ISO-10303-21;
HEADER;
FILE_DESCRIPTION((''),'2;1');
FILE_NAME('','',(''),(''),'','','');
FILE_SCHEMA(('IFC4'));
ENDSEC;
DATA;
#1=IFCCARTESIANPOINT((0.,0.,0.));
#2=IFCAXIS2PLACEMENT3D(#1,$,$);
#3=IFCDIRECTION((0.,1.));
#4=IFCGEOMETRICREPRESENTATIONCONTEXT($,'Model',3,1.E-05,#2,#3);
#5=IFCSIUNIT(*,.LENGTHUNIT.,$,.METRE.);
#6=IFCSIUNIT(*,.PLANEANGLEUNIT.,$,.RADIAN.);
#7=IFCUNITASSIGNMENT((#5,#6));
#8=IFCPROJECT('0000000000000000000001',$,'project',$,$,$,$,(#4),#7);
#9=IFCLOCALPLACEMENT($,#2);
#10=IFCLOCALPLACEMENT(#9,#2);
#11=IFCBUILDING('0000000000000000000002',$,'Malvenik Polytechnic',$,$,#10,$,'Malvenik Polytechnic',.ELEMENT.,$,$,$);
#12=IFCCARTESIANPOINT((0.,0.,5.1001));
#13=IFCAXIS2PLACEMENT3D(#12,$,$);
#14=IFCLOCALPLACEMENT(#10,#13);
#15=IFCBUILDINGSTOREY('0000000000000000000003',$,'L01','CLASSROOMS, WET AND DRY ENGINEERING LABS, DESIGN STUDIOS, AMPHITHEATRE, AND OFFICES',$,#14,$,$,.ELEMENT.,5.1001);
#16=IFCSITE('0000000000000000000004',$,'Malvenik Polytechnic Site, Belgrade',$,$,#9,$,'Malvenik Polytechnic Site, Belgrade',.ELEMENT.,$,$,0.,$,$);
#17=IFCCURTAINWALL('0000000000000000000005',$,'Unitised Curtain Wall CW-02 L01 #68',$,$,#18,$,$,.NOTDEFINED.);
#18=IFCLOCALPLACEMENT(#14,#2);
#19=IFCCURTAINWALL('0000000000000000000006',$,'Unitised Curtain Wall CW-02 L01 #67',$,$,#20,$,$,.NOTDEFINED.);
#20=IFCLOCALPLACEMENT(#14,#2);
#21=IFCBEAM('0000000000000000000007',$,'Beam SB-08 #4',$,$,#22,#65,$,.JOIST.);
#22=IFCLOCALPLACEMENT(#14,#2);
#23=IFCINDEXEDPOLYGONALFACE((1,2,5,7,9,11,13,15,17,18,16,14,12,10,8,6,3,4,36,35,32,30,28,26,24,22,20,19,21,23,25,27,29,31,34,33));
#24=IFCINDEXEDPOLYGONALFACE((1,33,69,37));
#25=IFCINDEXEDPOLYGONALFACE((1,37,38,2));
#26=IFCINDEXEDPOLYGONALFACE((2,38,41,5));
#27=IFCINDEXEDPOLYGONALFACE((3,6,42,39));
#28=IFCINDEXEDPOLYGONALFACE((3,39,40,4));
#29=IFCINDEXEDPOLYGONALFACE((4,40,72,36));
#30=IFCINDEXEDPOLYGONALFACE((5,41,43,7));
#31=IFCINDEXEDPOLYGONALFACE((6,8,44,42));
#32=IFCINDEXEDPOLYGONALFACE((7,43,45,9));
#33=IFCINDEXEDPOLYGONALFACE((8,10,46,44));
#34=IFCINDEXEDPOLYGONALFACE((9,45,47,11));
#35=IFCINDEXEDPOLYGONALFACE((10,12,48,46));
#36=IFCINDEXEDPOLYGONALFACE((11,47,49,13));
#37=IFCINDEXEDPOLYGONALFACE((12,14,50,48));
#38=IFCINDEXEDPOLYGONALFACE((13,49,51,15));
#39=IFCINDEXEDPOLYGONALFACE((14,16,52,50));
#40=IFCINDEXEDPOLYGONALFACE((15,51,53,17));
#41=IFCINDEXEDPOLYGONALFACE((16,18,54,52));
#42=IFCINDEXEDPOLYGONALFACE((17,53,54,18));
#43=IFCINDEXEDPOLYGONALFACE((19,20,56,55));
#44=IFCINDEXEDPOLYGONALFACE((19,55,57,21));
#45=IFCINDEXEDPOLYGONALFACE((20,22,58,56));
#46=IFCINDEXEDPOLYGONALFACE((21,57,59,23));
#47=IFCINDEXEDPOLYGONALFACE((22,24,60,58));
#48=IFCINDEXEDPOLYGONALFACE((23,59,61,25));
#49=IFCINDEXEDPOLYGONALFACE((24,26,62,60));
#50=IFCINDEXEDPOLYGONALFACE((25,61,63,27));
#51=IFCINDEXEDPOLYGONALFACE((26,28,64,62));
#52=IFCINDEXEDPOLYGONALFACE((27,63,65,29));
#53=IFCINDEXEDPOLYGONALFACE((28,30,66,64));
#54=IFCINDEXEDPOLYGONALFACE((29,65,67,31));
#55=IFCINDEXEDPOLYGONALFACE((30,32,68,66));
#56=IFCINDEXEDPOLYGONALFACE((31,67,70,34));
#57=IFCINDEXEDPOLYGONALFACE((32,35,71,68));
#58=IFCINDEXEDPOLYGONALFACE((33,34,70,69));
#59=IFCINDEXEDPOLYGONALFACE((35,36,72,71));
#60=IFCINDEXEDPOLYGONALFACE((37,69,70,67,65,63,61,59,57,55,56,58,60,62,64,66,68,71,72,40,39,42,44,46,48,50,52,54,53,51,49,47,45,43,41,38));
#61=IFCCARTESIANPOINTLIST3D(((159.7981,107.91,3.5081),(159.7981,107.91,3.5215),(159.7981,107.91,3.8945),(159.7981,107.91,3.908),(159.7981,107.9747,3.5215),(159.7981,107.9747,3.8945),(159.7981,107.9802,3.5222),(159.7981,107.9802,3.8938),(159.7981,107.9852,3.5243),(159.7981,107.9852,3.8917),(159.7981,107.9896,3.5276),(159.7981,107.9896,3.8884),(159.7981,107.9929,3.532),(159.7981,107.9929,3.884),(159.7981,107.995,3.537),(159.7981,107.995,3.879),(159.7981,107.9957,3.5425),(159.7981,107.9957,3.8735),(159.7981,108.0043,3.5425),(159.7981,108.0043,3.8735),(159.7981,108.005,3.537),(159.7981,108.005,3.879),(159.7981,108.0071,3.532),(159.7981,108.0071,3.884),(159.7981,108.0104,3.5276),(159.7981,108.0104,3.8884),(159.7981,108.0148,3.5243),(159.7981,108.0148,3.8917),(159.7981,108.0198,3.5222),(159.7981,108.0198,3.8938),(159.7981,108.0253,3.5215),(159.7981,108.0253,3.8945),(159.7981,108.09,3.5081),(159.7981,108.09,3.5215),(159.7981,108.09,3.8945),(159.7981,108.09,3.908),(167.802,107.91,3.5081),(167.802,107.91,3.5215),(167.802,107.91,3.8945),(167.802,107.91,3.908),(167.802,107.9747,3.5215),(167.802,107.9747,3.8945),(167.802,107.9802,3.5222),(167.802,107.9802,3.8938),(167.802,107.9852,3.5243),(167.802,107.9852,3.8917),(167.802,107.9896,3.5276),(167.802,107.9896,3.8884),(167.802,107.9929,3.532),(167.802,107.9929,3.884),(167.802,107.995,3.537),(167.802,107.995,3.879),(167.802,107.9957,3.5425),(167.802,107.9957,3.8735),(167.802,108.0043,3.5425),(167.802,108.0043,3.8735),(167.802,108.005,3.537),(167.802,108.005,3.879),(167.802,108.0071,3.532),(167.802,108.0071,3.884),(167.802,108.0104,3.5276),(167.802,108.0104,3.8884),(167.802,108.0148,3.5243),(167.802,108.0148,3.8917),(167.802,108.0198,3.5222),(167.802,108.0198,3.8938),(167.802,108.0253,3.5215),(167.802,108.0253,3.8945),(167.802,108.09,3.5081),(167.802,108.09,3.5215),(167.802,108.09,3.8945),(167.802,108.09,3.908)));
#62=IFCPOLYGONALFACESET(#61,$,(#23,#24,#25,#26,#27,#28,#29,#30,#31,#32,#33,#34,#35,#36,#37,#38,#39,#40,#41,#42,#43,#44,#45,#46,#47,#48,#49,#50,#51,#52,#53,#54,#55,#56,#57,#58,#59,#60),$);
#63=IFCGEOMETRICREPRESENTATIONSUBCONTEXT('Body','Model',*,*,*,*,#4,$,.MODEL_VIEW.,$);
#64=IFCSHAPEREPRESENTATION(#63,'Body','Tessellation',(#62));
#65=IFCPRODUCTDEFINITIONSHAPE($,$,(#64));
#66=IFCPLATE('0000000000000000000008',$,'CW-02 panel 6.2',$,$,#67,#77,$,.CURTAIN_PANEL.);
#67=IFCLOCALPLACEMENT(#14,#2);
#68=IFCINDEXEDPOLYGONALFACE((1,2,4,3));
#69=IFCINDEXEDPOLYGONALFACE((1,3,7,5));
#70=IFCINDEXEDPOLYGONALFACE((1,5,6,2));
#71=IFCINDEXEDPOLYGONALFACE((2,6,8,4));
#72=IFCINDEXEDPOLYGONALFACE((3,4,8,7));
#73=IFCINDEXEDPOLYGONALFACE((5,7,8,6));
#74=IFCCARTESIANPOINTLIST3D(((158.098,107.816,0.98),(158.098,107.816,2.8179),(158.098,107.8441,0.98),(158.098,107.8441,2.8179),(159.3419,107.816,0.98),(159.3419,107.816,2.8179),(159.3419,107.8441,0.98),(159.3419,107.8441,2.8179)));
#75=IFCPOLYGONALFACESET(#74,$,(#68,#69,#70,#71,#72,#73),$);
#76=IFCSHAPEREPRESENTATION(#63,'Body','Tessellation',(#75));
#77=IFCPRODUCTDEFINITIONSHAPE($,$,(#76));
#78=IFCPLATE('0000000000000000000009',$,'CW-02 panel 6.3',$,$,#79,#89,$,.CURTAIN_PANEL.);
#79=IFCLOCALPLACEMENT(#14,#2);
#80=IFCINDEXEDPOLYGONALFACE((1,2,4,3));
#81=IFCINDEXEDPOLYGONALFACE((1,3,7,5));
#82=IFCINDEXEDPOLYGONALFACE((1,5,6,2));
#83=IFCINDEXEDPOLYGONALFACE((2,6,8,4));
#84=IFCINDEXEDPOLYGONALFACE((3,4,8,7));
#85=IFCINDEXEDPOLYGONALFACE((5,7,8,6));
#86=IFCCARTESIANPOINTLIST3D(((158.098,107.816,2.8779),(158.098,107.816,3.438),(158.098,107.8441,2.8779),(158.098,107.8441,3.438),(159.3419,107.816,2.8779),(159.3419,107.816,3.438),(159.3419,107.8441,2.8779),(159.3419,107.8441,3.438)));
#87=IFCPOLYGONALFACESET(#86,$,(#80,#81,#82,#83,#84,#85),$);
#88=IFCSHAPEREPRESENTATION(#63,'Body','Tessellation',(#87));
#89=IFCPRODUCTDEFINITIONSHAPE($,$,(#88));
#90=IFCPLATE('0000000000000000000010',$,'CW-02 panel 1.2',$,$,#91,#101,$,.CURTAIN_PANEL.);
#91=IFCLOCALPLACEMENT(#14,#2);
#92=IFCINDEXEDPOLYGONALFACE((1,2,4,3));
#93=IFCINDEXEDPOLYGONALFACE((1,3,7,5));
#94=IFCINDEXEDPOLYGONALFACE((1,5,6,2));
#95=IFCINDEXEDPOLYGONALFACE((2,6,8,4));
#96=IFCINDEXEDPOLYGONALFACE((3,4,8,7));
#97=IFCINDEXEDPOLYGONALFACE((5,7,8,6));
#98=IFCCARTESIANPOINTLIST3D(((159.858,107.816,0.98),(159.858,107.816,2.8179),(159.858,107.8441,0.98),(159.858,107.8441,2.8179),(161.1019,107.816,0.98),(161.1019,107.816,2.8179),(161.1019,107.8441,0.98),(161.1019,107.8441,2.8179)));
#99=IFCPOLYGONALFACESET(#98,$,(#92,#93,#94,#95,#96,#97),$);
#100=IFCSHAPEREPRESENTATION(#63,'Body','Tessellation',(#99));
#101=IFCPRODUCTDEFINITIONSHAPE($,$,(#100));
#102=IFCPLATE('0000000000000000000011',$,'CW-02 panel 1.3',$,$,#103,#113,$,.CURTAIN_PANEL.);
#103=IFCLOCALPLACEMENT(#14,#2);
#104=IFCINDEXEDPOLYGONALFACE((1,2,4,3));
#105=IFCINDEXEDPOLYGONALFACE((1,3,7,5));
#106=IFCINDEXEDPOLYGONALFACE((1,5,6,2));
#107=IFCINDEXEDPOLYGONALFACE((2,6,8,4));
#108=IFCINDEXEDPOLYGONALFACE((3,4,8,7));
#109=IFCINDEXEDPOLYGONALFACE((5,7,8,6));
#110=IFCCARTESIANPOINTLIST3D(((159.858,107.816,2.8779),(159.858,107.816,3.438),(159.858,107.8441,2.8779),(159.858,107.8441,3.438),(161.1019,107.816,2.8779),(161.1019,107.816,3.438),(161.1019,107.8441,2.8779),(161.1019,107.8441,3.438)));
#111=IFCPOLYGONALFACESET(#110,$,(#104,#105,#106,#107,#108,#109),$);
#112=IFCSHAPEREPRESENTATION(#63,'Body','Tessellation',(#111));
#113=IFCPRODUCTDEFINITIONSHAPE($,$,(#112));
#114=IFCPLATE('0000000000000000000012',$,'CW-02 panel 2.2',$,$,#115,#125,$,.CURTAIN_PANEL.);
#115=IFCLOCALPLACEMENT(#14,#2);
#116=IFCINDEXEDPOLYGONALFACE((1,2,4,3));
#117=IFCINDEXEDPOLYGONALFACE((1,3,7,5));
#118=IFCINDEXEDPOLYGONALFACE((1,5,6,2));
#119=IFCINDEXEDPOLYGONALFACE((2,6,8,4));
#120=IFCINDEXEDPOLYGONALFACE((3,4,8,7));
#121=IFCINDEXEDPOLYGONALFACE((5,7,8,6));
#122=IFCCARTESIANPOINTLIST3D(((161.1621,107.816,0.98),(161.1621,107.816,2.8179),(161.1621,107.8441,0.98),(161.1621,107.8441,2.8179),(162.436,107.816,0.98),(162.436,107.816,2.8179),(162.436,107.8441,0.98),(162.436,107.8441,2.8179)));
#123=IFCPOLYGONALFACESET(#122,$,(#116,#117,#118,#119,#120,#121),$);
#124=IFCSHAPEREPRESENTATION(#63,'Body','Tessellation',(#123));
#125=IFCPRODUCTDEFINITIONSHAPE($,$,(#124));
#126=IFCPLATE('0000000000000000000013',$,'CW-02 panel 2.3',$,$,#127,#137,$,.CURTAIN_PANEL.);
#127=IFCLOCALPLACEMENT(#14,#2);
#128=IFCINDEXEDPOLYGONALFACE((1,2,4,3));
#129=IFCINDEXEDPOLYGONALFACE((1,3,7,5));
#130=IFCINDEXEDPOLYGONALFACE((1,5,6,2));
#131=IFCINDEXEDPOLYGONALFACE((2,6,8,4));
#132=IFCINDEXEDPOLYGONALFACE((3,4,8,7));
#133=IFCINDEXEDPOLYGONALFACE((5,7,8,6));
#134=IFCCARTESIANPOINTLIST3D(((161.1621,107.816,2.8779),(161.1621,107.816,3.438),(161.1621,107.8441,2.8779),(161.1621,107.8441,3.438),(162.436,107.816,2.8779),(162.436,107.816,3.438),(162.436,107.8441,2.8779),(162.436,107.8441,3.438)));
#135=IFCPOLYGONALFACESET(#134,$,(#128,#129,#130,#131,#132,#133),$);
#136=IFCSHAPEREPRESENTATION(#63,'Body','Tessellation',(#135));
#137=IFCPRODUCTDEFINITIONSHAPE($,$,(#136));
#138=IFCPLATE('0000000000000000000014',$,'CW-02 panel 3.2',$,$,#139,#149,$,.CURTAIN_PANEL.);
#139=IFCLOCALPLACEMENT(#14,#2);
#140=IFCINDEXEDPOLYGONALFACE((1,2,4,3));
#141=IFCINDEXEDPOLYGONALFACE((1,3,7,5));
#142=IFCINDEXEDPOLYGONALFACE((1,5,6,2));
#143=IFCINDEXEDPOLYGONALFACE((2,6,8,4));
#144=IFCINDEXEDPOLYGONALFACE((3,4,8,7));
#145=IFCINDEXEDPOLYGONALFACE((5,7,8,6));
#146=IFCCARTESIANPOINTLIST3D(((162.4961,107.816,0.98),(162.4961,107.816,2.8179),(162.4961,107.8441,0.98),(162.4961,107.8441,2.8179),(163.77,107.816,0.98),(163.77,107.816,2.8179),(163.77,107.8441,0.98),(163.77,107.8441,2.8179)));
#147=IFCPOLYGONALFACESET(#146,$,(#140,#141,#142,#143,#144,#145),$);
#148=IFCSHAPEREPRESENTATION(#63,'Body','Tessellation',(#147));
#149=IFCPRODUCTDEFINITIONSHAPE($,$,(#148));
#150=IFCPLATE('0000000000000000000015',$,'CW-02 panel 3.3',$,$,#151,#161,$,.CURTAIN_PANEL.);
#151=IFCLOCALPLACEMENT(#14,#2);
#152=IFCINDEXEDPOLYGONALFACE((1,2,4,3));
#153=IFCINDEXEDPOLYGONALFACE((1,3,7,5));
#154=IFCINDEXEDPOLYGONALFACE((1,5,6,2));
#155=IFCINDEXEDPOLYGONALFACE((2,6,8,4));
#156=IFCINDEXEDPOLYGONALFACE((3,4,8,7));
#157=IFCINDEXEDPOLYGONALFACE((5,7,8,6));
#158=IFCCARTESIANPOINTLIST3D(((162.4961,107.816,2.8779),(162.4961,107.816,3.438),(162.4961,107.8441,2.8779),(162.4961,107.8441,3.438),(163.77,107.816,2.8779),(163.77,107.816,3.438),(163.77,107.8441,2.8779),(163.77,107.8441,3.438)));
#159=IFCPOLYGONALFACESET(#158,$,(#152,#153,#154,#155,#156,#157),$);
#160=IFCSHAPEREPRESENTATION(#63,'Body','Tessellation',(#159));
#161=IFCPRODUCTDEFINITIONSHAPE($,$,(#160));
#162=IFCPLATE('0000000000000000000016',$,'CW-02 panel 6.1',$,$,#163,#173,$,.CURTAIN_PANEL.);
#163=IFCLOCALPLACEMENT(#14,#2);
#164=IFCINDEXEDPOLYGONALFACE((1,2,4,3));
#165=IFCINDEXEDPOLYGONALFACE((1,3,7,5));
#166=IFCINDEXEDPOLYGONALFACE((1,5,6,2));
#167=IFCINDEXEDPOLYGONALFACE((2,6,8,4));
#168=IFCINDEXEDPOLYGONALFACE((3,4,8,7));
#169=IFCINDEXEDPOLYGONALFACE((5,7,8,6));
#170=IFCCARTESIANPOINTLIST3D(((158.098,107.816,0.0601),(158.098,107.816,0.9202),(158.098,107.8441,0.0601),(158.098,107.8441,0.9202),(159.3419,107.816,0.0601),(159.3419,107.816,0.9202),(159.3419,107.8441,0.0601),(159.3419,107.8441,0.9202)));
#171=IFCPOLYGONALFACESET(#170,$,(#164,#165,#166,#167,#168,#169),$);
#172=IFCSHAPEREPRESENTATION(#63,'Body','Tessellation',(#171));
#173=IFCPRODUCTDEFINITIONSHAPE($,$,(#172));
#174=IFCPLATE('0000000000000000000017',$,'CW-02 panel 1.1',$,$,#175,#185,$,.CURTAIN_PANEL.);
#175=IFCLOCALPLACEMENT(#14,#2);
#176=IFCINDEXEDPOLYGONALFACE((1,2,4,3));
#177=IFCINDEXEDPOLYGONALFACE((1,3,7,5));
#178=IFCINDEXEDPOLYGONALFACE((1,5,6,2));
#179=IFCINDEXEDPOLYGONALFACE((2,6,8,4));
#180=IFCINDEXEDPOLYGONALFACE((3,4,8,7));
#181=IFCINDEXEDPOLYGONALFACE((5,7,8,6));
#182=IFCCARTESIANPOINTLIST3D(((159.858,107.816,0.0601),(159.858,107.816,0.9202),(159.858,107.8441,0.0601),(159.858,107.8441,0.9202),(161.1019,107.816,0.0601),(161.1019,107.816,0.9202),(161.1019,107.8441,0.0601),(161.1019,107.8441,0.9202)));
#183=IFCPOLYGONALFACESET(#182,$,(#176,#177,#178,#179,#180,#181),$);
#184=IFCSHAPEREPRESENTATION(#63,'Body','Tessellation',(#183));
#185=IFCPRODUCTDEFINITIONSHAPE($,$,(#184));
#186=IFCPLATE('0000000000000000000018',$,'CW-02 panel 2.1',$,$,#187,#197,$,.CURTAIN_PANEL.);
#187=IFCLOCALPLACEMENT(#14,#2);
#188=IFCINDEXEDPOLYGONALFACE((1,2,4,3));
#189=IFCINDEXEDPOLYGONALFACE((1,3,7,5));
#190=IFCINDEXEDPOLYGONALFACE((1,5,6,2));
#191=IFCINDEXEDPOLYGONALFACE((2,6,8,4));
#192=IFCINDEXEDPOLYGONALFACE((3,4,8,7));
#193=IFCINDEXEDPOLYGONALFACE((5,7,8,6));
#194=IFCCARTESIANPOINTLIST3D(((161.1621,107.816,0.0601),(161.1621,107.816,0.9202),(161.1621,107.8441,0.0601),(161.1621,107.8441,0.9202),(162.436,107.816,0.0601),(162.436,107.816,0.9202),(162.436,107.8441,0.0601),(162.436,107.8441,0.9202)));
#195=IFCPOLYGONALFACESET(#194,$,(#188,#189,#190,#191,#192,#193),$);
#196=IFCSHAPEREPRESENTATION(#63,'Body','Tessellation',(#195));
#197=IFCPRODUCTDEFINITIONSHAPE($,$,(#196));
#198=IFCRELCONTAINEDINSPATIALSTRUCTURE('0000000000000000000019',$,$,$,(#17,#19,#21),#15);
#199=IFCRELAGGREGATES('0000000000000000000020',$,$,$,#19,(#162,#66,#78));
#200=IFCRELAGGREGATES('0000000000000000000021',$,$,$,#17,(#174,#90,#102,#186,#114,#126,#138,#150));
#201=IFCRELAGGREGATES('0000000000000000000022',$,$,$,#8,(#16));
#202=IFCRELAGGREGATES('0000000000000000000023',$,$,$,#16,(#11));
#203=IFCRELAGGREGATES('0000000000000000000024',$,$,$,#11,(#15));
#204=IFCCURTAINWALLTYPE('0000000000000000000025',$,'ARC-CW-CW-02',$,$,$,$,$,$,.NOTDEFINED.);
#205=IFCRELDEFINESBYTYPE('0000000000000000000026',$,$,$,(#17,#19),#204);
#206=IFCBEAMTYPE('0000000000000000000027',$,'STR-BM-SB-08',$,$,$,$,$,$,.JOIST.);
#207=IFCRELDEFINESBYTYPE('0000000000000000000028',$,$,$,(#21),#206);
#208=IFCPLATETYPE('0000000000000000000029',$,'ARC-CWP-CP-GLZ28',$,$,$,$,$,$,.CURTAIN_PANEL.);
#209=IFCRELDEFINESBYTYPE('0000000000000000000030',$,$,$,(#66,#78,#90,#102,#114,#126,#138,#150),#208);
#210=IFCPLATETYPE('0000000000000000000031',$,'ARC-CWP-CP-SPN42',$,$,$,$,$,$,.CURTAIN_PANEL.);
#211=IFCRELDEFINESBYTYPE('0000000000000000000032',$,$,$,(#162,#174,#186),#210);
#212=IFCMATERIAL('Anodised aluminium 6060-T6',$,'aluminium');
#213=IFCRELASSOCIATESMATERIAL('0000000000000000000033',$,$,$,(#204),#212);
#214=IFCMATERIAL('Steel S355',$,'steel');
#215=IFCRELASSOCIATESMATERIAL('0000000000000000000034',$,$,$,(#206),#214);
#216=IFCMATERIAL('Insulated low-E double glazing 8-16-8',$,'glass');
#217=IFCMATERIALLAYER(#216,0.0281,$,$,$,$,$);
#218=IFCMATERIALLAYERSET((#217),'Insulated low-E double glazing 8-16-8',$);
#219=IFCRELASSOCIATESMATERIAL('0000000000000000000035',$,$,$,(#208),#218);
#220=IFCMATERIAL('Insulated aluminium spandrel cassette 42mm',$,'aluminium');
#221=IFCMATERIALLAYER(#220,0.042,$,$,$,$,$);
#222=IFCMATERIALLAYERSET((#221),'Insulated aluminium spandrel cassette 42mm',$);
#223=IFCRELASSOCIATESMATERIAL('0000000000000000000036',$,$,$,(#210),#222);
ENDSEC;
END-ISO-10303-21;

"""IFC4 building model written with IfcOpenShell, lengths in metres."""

from ifc_helpers import new_model, si_unit, direction, frame, origin, origin_2d, place, context, subcontext, project, spatial, rectangle, i_section, extrude, material, layer, layer_set, material_profile, profile_set, type_object, element, aggregate, save


model = new_model("IFC4")

# Units and contexts
model_context = context("Model", 3, precision=1e-05, world=origin(), true_north=direction((0.0, 1.0)))
body_context = subcontext(model_context, "Body", "Model", "MODEL_VIEW")
ifc_project = project(units=[si_unit("LENGTHUNIT", "METRE"), si_unit("PLANEANGLEUNIT", "RADIAN")], contexts=[model_context])

# Site, building, storey
site_placement = place(None, origin())
site = spatial("IfcSite", under=ifc_project, at=site_placement, Name="Malvenik Polytechnic Site, Belgrade", LongName="Malvenik Polytechnic Site, Belgrade", CompositionType="ELEMENT", RefElevation=0.0)
building_placement = place(site_placement, origin())
building = spatial("IfcBuilding", under=site, at=building_placement, Name="Malvenik Polytechnic", LongName="Malvenik Polytechnic", CompositionType="ELEMENT")
storey_placement = place(building_placement, frame((0.0, 0.0, 5.1001)))
storey = spatial("IfcBuildingStorey", under=building, at=storey_placement, Name="L01", Description="CLASSROOMS, WET AND DRY ENGINEERING LABS, DESIGN STUDIOS, AMPHITHEATRE, AND OFFICES", CompositionType="ELEMENT", Elevation=5.1001)

# Curtain walls
ifc_material_1 = material(Name="Anodised aluminium 6060-T6", Category="aluminium")
curtain_wall_type = type_object("IfcCurtainWallType", Name="ARC-CW-CW-02", PredefinedType="NOTDEFINED", material=ifc_material_1)
curtain_wall_1_placement = place(storey_placement, origin())
curtain_wall_1 = element("IfcCurtainWall", 1, at=curtain_wall_1_placement, inside=storey, type_object=curtain_wall_type, Name="Unitised Curtain Wall CW-02 L01 #68", PredefinedType="NOTDEFINED")
curtain_wall_2_placement = place(storey_placement, origin())
curtain_wall_2 = element("IfcCurtainWall", 2, at=curtain_wall_2_placement, inside=storey, type_object=curtain_wall_type, Name="Unitised Curtain Wall CW-02 L01 #67", PredefinedType="NOTDEFINED")

# Beam
ifc_material_2 = material(Name="Steel S355", Category="steel")
ifc_material_profile_1 = material_profile(ifc_material_2, i_section(OverallWidth=0.1799, OverallDepth=0.3999, WebThickness=0.0085, FlangeThickness=0.0134, FilletRadius=0.021, at=origin_2d()), Name="IPE 400")
ifc_profile_set_1 = profile_set([ifc_material_profile_1], Name="Steel S355")
beam_type = type_object("IfcBeamType", Name="STR-BM-SB-08", PredefinedType="JOIST", material=ifc_profile_set_1)
beam_placement = place(storey_placement, frame((159.7981, 108.0, 3.708), z_axis=(1.0, 0.0, 0.0), x_axis=(0.0, 1.0, 0.0)))
element("IfcBeam", 3, at=beam_placement, inside=storey, type_object=beam_type, Name="Beam SB-08 #4", PredefinedType="JOIST", context=body_context, shape_type="SweptSolid", body=[
    extrude(i_section(OverallWidth=0.1799, OverallDepth=0.3999, WebThickness=0.0085, FlangeThickness=0.0134, FilletRadius=0.021, at=origin_2d()), origin(), (0.0, 0.0, 1.0), 8.0039),
])

# Plates
ifc_material_3 = material(Name="Insulated low-E double glazing 8-16-8", Category="glass")
ifc_layer_1 = layer(ifc_material_3, 0.0281)
ifc_layer_set_1 = layer_set([ifc_layer_1], Name="Insulated low-E double glazing 8-16-8")
plate_type_1 = type_object("IfcPlateType", Name="ARC-CWP-CP-GLZ28", PredefinedType="CURTAIN_PANEL", material=ifc_layer_set_1)
plate_1_placement = place(storey_placement, frame((158.72, 107.8301, 0.98), z_axis=(0.0, 0.0, 1.0), x_axis=(1.0, 0.0, 0.0)))
plate_1 = element("IfcPlate", 4, at=plate_1_placement, type_object=plate_type_1, Name="CW-02 panel 6.2", PredefinedType="CURTAIN_PANEL", context=body_context, shape_type="SweptSolid", body=[
    extrude(rectangle(XDim=1.2439, YDim=0.0281, at=origin_2d()), origin(), (0.0, 0.0, 1.0), 1.8379),
])
plate_2_placement = place(storey_placement, frame((158.72, 107.8301, 2.8779), z_axis=(0.0, 0.0, 1.0), x_axis=(1.0, 0.0, 0.0)))
plate_2 = element("IfcPlate", 5, at=plate_2_placement, type_object=plate_type_1, Name="CW-02 panel 6.3", PredefinedType="CURTAIN_PANEL", context=body_context, shape_type="SweptSolid", body=[
    extrude(rectangle(XDim=1.2439, YDim=0.0281, at=origin_2d()), origin(), (0.0, 0.0, 1.0), 0.5601),
])
plate_3_placement = place(storey_placement, frame((160.48, 107.8301, 0.98), z_axis=(0.0, 0.0, 1.0), x_axis=(1.0, 0.0, 0.0)))
plate_3 = element("IfcPlate", 6, at=plate_3_placement, type_object=plate_type_1, Name="CW-02 panel 1.2", PredefinedType="CURTAIN_PANEL", context=body_context, shape_type="SweptSolid", body=[
    extrude(rectangle(XDim=1.2439, YDim=0.0281, at=origin_2d()), origin(), (0.0, 0.0, 1.0), 1.8379),
])
plate_4_placement = place(storey_placement, frame((160.48, 107.8301, 2.8779), z_axis=(0.0, 0.0, 1.0), x_axis=(1.0, 0.0, 0.0)))
plate_4 = element("IfcPlate", 7, at=plate_4_placement, type_object=plate_type_1, Name="CW-02 panel 1.3", PredefinedType="CURTAIN_PANEL", context=body_context, shape_type="SweptSolid", body=[
    extrude(rectangle(XDim=1.2439, YDim=0.0281, at=origin_2d()), origin(), (0.0, 0.0, 1.0), 0.5601),
])
plate_5_placement = place(storey_placement, frame((161.7991, 107.8301, 0.98), z_axis=(0.0, 0.0, 1.0), x_axis=(1.0, 0.0, 0.0)))
plate_5 = element("IfcPlate", 8, at=plate_5_placement, type_object=plate_type_1, Name="CW-02 panel 2.2", PredefinedType="CURTAIN_PANEL", context=body_context, shape_type="SweptSolid", body=[
    extrude(rectangle(XDim=1.2739, YDim=0.0281, at=origin_2d()), origin(), (0.0, 0.0, 1.0), 1.8379),
])
plate_6_placement = place(storey_placement, frame((161.7991, 107.8301, 2.8779), z_axis=(0.0, 0.0, 1.0), x_axis=(1.0, 0.0, 0.0)))
plate_6 = element("IfcPlate", 9, at=plate_6_placement, type_object=plate_type_1, Name="CW-02 panel 2.3", PredefinedType="CURTAIN_PANEL", context=body_context, shape_type="SweptSolid", body=[
    extrude(rectangle(XDim=1.2739, YDim=0.0281, at=origin_2d()), origin(), (0.0, 0.0, 1.0), 0.5601),
])
plate_7_placement = place(storey_placement, frame((163.1331, 107.8301, 0.98), z_axis=(0.0, 0.0, 1.0), x_axis=(1.0, 0.0, 0.0)))
plate_7 = element("IfcPlate", 10, at=plate_7_placement, type_object=plate_type_1, Name="CW-02 panel 3.2", PredefinedType="CURTAIN_PANEL", context=body_context, shape_type="SweptSolid", body=[
    extrude(rectangle(XDim=1.2739, YDim=0.0281, at=origin_2d()), origin(), (0.0, 0.0, 1.0), 1.8379),
])
plate_8_placement = place(storey_placement, frame((163.1331, 107.8301, 2.8779), z_axis=(0.0, 0.0, 1.0), x_axis=(1.0, 0.0, 0.0)))
plate_8 = element("IfcPlate", 11, at=plate_8_placement, type_object=plate_type_1, Name="CW-02 panel 3.3", PredefinedType="CURTAIN_PANEL", context=body_context, shape_type="SweptSolid", body=[
    extrude(rectangle(XDim=1.2739, YDim=0.0281, at=origin_2d()), origin(), (0.0, 0.0, 1.0), 0.5601),
])
ifc_material_4 = material(Name="Insulated aluminium spandrel cassette 42mm", Category="aluminium")
ifc_layer_2 = layer(ifc_material_4, 0.042)
ifc_layer_set_2 = layer_set([ifc_layer_2], Name="Insulated aluminium spandrel cassette 42mm")
plate_type_2 = type_object("IfcPlateType", Name="ARC-CWP-CP-SPN42", PredefinedType="CURTAIN_PANEL", material=ifc_layer_set_2)
plate_9_placement = place(storey_placement, frame((158.72, 107.8301, 0.0601), z_axis=(0.0, 0.0, 1.0), x_axis=(1.0, 0.0, 0.0)))
plate_9 = element("IfcPlate", 12, at=plate_9_placement, type_object=plate_type_2, Name="CW-02 panel 6.1", PredefinedType="CURTAIN_PANEL", context=body_context, shape_type="SweptSolid", body=[
    extrude(rectangle(XDim=1.2439, YDim=0.0281, at=origin_2d()), origin(), (0.0, 0.0, 1.0), 0.8601),
])
aggregate(curtain_wall_2, [plate_9, plate_1, plate_2])
plate_10_placement = place(storey_placement, frame((160.48, 107.8301, 0.0601), z_axis=(0.0, 0.0, 1.0), x_axis=(1.0, 0.0, 0.0)))
plate_10 = element("IfcPlate", 13, at=plate_10_placement, type_object=plate_type_2, Name="CW-02 panel 1.1", PredefinedType="CURTAIN_PANEL", context=body_context, shape_type="SweptSolid", body=[
    extrude(rectangle(XDim=1.2439, YDim=0.0281, at=origin_2d()), origin(), (0.0, 0.0, 1.0), 0.8601),
])
plate_11_placement = place(storey_placement, frame((161.7991, 107.8301, 0.0601), z_axis=(0.0, 0.0, 1.0), x_axis=(1.0, 0.0, 0.0)))
plate_11 = element("IfcPlate", 14, at=plate_11_placement, type_object=plate_type_2, Name="CW-02 panel 2.1", PredefinedType="CURTAIN_PANEL", context=body_context, shape_type="SweptSolid", body=[
    extrude(rectangle(XDim=1.2739, YDim=0.0281, at=origin_2d()), origin(), (0.0, 0.0, 1.0), 0.8601),
])
aggregate(curtain_wall_1, [plate_10, plate_3, plate_4, plate_11, plate_5, plate_6, plate_7, plate_8])

save(model, "model.ifc")
